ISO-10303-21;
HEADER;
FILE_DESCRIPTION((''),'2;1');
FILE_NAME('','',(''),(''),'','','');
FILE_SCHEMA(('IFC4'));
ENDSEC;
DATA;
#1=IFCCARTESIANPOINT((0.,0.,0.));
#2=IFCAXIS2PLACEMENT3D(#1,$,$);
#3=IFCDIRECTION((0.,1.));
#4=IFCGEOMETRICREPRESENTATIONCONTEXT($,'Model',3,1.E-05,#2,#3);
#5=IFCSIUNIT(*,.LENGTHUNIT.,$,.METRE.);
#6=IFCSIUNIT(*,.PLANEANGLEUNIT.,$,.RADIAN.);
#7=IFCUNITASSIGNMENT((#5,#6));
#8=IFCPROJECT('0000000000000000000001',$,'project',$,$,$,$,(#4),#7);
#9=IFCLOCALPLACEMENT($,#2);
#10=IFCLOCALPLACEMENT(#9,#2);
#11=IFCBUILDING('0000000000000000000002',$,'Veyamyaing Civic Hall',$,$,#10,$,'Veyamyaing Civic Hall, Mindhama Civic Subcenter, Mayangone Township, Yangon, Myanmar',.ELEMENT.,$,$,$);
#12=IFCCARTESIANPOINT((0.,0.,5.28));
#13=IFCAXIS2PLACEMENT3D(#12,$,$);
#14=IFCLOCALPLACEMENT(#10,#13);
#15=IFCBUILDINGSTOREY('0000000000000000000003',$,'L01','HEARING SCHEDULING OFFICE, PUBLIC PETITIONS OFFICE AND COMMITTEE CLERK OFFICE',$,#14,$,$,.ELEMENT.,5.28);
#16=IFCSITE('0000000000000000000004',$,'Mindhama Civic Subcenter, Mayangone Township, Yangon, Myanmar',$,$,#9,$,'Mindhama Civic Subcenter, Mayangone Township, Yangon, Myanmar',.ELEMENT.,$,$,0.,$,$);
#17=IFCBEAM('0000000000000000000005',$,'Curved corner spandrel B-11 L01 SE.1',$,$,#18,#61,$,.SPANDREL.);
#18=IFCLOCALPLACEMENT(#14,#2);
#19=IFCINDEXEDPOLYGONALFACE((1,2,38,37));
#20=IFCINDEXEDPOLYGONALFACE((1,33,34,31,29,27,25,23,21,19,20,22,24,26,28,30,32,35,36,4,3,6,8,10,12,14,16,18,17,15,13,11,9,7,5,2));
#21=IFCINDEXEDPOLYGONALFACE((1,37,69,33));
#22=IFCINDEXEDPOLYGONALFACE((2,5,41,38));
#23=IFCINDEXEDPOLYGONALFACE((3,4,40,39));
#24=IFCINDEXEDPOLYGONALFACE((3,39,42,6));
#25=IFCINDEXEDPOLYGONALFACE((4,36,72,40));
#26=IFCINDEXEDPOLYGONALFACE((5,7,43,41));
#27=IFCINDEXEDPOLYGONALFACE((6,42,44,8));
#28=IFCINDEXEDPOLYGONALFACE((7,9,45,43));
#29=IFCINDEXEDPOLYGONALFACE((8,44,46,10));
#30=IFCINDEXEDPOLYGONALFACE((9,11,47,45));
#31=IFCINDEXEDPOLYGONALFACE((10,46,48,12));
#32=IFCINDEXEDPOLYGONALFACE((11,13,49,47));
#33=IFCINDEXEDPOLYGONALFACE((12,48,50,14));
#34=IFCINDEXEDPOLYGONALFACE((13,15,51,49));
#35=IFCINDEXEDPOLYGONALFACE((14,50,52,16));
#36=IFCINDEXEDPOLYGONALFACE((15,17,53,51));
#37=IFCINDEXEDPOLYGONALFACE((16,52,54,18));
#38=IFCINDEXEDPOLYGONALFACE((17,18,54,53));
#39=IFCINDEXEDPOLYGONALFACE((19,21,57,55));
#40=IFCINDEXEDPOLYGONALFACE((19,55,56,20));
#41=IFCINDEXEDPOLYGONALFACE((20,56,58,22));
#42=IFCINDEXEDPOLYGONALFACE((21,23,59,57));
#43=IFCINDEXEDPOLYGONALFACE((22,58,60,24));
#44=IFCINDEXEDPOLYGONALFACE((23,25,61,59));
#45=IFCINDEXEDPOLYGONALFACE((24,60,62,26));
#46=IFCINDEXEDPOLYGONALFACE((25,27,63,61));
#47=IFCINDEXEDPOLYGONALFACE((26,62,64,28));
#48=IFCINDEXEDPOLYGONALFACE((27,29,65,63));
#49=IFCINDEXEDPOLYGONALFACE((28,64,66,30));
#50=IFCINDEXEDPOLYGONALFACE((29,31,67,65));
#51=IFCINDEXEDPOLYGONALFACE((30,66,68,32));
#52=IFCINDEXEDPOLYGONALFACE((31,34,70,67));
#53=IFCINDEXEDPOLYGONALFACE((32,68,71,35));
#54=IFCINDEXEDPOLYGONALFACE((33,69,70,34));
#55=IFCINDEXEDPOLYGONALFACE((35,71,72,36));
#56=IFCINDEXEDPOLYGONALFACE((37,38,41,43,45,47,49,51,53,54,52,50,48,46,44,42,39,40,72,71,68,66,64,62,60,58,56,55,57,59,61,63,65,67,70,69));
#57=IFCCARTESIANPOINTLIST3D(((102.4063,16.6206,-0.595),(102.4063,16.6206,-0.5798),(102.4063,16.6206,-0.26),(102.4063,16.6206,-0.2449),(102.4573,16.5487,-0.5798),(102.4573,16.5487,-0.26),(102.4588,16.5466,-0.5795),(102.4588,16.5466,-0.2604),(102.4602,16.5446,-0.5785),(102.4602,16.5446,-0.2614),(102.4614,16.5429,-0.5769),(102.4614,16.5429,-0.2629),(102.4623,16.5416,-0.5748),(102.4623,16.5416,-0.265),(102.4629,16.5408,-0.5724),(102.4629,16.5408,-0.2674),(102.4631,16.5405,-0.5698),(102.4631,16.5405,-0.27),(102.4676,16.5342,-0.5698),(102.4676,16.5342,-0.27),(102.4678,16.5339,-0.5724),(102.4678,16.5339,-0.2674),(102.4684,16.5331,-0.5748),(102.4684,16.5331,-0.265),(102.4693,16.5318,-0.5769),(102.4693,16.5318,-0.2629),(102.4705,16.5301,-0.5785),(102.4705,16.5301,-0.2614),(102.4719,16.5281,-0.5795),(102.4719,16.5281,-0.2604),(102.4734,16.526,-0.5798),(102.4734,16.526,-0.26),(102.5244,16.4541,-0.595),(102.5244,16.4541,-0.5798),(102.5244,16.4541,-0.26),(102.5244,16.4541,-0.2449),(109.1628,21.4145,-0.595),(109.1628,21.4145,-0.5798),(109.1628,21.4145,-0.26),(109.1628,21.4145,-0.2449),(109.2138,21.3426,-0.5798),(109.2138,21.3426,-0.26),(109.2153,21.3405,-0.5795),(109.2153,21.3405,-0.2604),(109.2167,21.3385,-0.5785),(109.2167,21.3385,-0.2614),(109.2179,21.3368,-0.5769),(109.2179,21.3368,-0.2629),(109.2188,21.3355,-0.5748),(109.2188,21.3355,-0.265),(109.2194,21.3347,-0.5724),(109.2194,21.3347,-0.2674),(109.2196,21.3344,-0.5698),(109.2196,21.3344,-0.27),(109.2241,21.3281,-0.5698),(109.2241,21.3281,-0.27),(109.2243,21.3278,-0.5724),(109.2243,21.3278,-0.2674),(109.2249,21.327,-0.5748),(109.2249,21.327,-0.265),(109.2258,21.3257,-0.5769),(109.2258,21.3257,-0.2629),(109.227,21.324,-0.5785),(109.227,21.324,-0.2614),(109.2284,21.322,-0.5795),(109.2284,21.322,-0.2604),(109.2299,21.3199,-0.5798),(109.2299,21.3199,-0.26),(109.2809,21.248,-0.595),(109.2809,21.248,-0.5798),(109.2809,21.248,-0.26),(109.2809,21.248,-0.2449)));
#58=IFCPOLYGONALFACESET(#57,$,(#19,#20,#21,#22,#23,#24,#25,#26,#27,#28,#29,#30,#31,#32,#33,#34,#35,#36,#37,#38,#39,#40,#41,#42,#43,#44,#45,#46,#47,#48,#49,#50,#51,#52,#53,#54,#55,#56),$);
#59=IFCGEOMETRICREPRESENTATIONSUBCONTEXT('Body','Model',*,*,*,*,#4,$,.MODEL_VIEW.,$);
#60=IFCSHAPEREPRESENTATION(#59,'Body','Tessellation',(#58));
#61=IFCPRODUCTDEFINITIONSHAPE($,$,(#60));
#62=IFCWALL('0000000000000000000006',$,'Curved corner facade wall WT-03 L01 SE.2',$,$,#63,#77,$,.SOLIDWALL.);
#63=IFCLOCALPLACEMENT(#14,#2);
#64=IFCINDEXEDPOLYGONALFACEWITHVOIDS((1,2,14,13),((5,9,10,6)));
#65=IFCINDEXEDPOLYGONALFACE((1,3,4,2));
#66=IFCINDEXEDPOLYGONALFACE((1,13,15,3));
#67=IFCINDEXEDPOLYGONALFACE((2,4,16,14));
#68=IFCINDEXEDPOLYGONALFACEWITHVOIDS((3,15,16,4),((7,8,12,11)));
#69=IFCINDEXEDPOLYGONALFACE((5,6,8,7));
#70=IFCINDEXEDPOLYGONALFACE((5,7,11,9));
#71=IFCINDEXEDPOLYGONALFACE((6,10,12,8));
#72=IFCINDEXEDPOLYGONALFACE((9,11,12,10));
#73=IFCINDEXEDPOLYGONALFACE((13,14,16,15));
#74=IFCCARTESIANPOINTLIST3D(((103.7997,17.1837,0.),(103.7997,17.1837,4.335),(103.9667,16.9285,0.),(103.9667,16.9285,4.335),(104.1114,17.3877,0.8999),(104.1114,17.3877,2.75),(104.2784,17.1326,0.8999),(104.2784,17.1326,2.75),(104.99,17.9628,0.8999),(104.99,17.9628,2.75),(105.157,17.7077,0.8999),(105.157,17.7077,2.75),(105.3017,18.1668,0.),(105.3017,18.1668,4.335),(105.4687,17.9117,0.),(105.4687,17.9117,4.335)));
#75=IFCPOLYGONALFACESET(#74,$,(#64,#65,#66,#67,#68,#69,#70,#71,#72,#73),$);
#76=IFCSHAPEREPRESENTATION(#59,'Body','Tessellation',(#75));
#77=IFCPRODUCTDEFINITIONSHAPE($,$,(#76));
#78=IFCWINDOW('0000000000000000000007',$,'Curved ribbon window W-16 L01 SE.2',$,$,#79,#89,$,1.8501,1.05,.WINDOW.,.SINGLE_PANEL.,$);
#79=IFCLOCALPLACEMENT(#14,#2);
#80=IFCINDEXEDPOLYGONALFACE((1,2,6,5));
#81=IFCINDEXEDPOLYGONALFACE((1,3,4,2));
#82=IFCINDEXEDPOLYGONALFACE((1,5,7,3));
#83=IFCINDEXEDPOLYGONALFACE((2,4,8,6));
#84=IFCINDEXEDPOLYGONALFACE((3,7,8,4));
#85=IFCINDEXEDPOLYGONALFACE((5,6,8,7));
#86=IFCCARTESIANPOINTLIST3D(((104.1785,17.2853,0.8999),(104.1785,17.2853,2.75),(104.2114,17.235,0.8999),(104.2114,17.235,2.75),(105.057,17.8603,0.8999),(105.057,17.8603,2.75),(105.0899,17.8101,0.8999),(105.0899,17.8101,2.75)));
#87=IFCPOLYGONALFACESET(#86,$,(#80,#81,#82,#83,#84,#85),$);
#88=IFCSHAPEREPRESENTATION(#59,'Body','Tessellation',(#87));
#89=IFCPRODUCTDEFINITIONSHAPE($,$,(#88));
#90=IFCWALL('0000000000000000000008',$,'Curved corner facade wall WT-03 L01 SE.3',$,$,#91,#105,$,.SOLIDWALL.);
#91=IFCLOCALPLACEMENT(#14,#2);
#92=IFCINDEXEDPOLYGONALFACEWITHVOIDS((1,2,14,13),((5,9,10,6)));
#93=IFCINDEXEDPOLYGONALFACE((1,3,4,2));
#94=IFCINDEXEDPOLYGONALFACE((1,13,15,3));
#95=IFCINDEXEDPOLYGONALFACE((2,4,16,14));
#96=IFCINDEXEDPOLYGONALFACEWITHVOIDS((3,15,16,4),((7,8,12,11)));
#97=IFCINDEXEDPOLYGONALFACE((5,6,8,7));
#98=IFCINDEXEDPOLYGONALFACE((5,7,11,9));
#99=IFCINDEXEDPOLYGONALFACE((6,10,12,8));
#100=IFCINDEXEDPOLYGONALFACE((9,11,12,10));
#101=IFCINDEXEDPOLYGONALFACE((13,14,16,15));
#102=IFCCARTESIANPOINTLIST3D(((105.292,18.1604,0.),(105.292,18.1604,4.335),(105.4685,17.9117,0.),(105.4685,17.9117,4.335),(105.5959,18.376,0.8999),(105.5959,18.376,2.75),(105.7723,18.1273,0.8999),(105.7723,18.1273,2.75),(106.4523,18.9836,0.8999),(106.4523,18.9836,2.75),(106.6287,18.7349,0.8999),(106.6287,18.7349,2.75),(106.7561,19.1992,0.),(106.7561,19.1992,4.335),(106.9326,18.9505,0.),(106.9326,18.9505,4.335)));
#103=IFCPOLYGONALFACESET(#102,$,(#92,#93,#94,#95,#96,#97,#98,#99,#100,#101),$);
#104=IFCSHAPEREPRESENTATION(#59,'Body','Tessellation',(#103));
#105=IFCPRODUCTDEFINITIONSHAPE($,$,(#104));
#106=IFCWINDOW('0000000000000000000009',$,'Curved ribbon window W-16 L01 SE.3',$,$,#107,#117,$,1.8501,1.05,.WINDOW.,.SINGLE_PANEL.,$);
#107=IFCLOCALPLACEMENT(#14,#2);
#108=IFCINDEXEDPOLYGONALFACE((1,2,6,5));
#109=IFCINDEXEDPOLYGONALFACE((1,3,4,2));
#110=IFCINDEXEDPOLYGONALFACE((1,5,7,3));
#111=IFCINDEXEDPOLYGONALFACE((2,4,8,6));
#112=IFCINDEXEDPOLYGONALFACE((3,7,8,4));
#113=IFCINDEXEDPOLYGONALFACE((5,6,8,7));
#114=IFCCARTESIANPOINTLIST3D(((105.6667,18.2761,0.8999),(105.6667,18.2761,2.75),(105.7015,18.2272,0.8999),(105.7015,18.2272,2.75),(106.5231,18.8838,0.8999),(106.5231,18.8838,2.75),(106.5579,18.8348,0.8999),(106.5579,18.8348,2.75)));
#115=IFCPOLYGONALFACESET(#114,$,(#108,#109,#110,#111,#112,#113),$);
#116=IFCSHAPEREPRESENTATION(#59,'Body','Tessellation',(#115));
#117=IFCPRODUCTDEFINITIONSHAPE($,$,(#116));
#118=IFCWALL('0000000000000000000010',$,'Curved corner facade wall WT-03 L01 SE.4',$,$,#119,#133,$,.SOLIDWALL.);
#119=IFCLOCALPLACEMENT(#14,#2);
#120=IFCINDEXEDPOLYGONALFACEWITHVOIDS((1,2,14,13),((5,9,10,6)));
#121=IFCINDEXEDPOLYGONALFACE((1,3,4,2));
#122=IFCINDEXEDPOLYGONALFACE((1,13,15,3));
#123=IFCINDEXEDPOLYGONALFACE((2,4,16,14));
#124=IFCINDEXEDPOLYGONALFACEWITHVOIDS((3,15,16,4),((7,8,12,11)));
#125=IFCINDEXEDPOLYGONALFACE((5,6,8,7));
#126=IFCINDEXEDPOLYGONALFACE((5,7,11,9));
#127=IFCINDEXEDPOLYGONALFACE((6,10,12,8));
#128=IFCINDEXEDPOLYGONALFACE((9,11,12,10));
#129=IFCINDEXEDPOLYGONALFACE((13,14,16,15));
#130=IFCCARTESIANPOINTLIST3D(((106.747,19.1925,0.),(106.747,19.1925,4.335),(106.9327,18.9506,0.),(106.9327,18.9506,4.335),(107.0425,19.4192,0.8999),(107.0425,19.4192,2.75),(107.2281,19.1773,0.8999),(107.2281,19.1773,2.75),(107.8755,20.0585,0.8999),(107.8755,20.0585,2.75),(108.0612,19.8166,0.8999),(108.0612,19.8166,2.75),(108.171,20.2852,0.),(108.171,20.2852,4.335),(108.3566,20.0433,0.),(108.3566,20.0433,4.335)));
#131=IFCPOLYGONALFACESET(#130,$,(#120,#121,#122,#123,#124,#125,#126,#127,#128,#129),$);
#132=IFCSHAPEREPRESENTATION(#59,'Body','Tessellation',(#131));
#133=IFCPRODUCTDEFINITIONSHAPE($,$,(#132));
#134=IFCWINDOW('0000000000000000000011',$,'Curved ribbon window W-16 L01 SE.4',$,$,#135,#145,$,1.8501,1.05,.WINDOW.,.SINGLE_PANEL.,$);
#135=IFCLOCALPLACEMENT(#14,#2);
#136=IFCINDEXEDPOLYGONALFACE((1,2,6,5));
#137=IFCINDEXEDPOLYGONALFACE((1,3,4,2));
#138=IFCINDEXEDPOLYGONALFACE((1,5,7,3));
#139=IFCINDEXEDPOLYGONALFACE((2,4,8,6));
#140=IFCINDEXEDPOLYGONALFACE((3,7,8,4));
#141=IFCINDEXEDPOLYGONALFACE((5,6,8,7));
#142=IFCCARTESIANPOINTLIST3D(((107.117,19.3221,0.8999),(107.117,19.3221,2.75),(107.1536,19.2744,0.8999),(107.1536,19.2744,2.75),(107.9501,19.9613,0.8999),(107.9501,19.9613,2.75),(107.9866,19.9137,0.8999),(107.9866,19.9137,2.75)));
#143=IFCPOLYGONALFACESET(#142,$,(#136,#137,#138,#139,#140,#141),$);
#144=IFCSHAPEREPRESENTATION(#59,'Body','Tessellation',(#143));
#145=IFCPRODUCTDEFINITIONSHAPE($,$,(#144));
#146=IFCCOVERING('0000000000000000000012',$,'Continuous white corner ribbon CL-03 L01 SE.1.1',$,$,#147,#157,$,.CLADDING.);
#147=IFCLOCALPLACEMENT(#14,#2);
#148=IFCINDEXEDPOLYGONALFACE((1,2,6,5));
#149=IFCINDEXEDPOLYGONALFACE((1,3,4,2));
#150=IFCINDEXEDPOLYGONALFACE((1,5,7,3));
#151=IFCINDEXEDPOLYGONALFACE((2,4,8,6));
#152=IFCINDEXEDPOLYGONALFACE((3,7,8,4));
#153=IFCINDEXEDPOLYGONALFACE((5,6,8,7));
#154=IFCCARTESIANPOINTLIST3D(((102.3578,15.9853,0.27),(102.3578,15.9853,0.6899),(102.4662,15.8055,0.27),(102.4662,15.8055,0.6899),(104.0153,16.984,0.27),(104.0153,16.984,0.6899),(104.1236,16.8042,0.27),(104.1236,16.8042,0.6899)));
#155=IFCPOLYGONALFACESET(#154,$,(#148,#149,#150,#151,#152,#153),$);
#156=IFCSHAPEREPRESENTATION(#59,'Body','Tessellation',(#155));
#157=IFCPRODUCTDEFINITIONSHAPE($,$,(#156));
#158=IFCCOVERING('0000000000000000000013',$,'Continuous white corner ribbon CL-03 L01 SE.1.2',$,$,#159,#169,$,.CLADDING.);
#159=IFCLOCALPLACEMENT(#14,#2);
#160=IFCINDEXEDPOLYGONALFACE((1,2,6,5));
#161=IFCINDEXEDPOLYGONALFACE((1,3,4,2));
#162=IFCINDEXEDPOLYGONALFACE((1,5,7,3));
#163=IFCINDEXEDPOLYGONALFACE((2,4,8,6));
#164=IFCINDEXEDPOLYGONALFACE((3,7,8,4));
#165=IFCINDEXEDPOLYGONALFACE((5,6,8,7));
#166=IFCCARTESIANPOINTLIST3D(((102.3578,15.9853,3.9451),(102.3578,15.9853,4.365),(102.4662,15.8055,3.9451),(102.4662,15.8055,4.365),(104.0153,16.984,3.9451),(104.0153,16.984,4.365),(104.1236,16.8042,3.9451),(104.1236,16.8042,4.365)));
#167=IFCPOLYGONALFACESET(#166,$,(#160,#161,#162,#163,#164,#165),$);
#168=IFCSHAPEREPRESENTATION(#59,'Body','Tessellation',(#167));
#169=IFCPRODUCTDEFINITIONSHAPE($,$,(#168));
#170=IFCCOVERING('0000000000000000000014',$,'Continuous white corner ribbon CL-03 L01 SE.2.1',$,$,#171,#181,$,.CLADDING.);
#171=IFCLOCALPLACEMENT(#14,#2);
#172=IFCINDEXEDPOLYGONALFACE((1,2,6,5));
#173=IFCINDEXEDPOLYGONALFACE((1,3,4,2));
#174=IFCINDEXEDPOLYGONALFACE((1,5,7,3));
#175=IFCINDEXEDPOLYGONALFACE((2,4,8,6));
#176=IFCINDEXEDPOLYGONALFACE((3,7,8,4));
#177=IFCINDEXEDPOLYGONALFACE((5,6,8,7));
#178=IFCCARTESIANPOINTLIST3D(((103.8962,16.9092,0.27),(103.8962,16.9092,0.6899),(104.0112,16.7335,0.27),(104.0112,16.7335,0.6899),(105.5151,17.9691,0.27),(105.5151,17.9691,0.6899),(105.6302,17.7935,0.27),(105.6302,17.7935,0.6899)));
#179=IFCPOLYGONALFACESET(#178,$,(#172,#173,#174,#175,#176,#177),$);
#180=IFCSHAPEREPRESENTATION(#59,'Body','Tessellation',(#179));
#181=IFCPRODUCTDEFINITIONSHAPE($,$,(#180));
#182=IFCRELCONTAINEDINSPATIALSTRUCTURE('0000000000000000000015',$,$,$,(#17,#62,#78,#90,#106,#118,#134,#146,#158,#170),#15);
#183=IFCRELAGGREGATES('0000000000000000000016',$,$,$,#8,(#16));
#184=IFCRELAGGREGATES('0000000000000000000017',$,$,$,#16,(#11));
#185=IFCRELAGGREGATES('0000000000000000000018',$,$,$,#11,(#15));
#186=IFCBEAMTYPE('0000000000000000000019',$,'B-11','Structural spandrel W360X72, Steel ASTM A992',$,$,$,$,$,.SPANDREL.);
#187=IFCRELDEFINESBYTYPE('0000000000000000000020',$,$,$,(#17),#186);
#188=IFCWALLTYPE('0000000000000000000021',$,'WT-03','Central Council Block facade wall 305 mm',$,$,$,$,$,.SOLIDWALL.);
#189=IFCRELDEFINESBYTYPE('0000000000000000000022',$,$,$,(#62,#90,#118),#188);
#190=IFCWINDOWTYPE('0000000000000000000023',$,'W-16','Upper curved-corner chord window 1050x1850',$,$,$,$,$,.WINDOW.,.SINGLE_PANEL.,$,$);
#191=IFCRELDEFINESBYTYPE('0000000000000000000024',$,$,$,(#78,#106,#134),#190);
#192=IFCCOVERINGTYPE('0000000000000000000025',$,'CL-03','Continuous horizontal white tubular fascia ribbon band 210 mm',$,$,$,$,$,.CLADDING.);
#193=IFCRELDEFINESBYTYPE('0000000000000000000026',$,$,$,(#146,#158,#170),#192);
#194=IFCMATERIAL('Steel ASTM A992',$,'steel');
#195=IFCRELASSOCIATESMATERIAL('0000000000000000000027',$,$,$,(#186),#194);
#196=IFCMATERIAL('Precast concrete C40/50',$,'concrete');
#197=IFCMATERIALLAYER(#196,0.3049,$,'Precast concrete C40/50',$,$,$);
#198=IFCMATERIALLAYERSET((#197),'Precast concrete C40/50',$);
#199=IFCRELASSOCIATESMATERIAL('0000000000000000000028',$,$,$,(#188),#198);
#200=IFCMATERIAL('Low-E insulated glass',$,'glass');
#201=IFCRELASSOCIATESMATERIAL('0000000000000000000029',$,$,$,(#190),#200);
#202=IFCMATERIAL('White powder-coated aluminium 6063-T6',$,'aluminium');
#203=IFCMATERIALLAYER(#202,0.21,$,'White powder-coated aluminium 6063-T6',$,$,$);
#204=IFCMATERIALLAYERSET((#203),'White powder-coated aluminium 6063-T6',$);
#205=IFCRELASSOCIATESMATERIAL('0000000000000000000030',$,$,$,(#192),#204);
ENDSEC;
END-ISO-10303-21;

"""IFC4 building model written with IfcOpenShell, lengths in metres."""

from ifc_helpers import new_model, si_unit, direction, frame, frame_2d, origin, origin_2d, place, context, subcontext, project, spatial, rectangle, i_section, extrude, material, layer, layer_set, material_profile, profile_set, type_object, element, fill, save


model = new_model("IFC4")

# Units and contexts
model_context = context("Model", 3, precision=1e-05, world=origin(), true_north=direction((0.0, 1.0)))
body_context = subcontext(model_context, "Body", "Model", "MODEL_VIEW")
ifc_project = project(units=[si_unit("LENGTHUNIT", "METRE"), si_unit("PLANEANGLEUNIT", "RADIAN")], contexts=[model_context])

# Site, building, storey
site_placement = place(None, origin())
site = spatial("IfcSite", under=ifc_project, at=site_placement, Name="Mindhama Civic Subcenter, Mayangone Township, Yangon, Myanmar", LongName="Mindhama Civic Subcenter, Mayangone Township, Yangon, Myanmar", CompositionType="ELEMENT", RefElevation=0.0)
building_placement = place(site_placement, origin())
building = spatial("IfcBuilding", under=site, at=building_placement, Name="Veyamyaing Civic Hall", LongName="Veyamyaing Civic Hall, Mindhama Civic Subcenter, Mayangone Township, Yangon, Myanmar", CompositionType="ELEMENT")
storey_placement = place(building_placement, frame((0.0, 0.0, 5.28)))
storey = spatial("IfcBuildingStorey", under=building, at=storey_placement, Name="L01", Description="HEARING SCHEDULING OFFICE, PUBLIC PETITIONS OFFICE AND COMMITTEE CLERK OFFICE", CompositionType="ELEMENT", Elevation=5.28)

# Beam
ifc_material_1 = material(Name="Steel ASTM A992", Category="steel")
ifc_material_profile_1 = material_profile(ifc_material_1, i_section(OverallWidth=0.2041, OverallDepth=0.3501, WebThickness=0.0078, FlangeThickness=0.0151, FilletRadius=0.01, at=origin_2d()), Name="W360X72")
ifc_profile_set_1 = profile_set([ifc_material_profile_1], Name="Steel ASTM A992")
beam_type = type_object("IfcBeamType", Name="B-11", Description="Structural spandrel W360X72, Steel ASTM A992", PredefinedType="SPANDREL", material=ifc_profile_set_1)
beam_placement = place(storey_placement, frame((102.4653, 16.5374, -0.4199), z_axis=(0.815567, 0.578662, 0.0), x_axis=(-0.578662, 0.815567, 0.0)))
element("IfcBeam", 1, at=beam_placement, inside=storey, type_object=beam_type, Name="Curved corner spandrel B-11 L01 SE.1", PredefinedType="SPANDREL", context=body_context, shape_type="SweptSolid", body=[
    extrude(i_section(OverallWidth=0.2041, OverallDepth=0.3501, WebThickness=0.0078, FlangeThickness=0.0151, FilletRadius=0.01, at=origin_2d()), origin(), (0.0, 0.0, 1.0), 8.2844),
])

# Walls, openings, windows
ifc_material_2 = material(Name="Precast concrete C40/50", Category="concrete")
ifc_layer_1 = layer(ifc_material_2, 0.3049, Name="Precast concrete C40/50")
ifc_layer_set_1 = layer_set([ifc_layer_1], Name="Precast concrete C40/50")
wall_type = type_object("IfcWallType", Name="WT-03", Description="Central Council Block facade wall 305 mm", PredefinedType="SOLIDWALL", material=ifc_layer_set_1)
wall_1_placement = place(storey_placement, frame((103.8833, 17.0562, 0.0), z_axis=(0.0, 0.0, 1.0), x_axis=(0.836687, 0.547682, 0.0)))
wall_1 = element("IfcWall", 2, at=wall_1_placement, inside=storey, type_object=wall_type, Name="Curved corner facade wall WT-03 L01 SE.2", PredefinedType="SOLIDWALL", context=body_context, shape_type="SweptSolid", body=[
    extrude(rectangle(XDim=1.7952, YDim=0.3049, at=frame_2d((0.8975, 0.0))), origin(), (0.0, 0.0, 1.0), 4.335),
])
opening_1_placement = place(wall_1_placement, frame((0.3726, 0.0, 0.8999)))
opening_1 = element("IfcOpeningElement", 3, at=opening_1_placement, cuts=wall_1, PredefinedType="OPENING", context=body_context, shape_type="SweptSolid", body=[
    extrude(rectangle(XDim=1.05, YDim=1.8501, at=frame_2d((0.5249, 0.925))), frame((0.0, 0.1624, 0.0), z_axis=(0.0, -1.0, 0.0), x_axis=(1.0, 0.0, 0.0)), (0.0, 0.0, 1.0), 0.325),
])
ifc_material_3 = material(Name="Low-E insulated glass", Category="glass")
window_type = type_object("IfcWindowType", Name="W-16", Description="Upper curved-corner chord window 1050x1850", PartitioningType="SINGLE_PANEL", PredefinedType="WINDOW", material=ifc_material_3)
window_1_placement = place(opening_1_placement, origin())
window_1 = element("IfcWindow", 4, at=window_1_placement, inside=storey, type_object=window_type, Name="Curved ribbon window W-16 L01 SE.2", OverallHeight=1.8501, OverallWidth=1.05, PartitioningType="SINGLE_PANEL", PredefinedType="WINDOW", context=body_context, shape_type="SweptSolid", body=[
    extrude(rectangle(XDim=1.05, YDim=1.8501, at=frame_2d((0.5249, 0.925))), frame((0.0, 0.03, 0.0), z_axis=(0.0, -1.0, 0.0), x_axis=(1.0, 0.0, 0.0)), (0.0, 0.0, 1.0), 0.0601),
])
fill(opening_1, window_1)
wall_2_placement = place(storey_placement, frame((105.3804, 18.0361, 0.0), z_axis=(0.0, 0.0, 1.0), x_axis=(0.815567, 0.578662, 0.0)))
wall_2 = element("IfcWall", 5, at=wall_2_placement, inside=storey, type_object=wall_type, Name="Curved corner facade wall WT-03 L01 SE.3", PredefinedType="SOLIDWALL", context=body_context, shape_type="SweptSolid", body=[
    extrude(rectangle(XDim=1.7952, YDim=0.3049, at=frame_2d((0.8975, 0.0))), origin(), (0.0, 0.0, 1.0), 4.335),
])
opening_2_placement = place(wall_2_placement, frame((0.3726, 0.0, 0.8999)))
opening_2 = element("IfcOpeningElement", 6, at=opening_2_placement, cuts=wall_2, PredefinedType="OPENING", context=body_context, shape_type="SweptSolid", body=[
    extrude(rectangle(XDim=1.05, YDim=1.8501, at=frame_2d((0.5249, 0.925))), frame((0.0, 0.1624, 0.0), z_axis=(0.0, -1.0, 0.0), x_axis=(1.0, 0.0, 0.0)), (0.0, 0.0, 1.0), 0.325),
])
window_2_placement = place(opening_2_placement, origin())
window_2 = element("IfcWindow", 7, at=window_2_placement, inside=storey, type_object=window_type, Name="Curved ribbon window W-16 L01 SE.3", OverallHeight=1.8501, OverallWidth=1.05, PartitioningType="SINGLE_PANEL", PredefinedType="WINDOW", context=body_context, shape_type="SweptSolid", body=[
    extrude(rectangle(XDim=1.05, YDim=1.8501, at=frame_2d((0.5249, 0.925))), frame((0.0, 0.03, 0.0), z_axis=(0.0, -1.0, 0.0), x_axis=(1.0, 0.0, 0.0)), (0.0, 0.0, 1.0), 0.0601),
])
fill(opening_2, window_2)
wall_3_placement = place(storey_placement, frame((106.8398, 19.0715, 0.0), z_axis=(0.0, 0.0, 1.0), x_axis=(0.793341, 0.608777, 0.0)))
wall_3 = element("IfcWall", 8, at=wall_3_placement, inside=storey, type_object=wall_type, Name="Curved corner facade wall WT-03 L01 SE.4", PredefinedType="SOLIDWALL", context=body_context, shape_type="SweptSolid", body=[
    extrude(rectangle(XDim=1.7949, YDim=0.3049, at=frame_2d((0.8975, 0.0))), origin(), (0.0, 0.0, 1.0), 4.335),
])
opening_3_placement = place(wall_3_placement, frame((0.3726, 0.0, 0.8999)))
opening_3 = element("IfcOpeningElement", 9, at=opening_3_placement, cuts=wall_3, PredefinedType="OPENING", context=body_context, shape_type="SweptSolid", body=[
    extrude(rectangle(XDim=1.05, YDim=1.8501, at=frame_2d((0.5249, 0.925))), frame((0.0, 0.1624, 0.0), z_axis=(0.0, -1.0, 0.0), x_axis=(1.0, 0.0, 0.0)), (0.0, 0.0, 1.0), 0.325),
])
window_3_placement = place(opening_3_placement, origin())
window_3 = element("IfcWindow", 10, at=window_3_placement, inside=storey, type_object=window_type, Name="Curved ribbon window W-16 L01 SE.4", OverallHeight=1.8501, OverallWidth=1.05, PartitioningType="SINGLE_PANEL", PredefinedType="WINDOW", context=body_context, shape_type="SweptSolid", body=[
    extrude(rectangle(XDim=1.05, YDim=1.8501, at=frame_2d((0.5249, 0.925))), frame((0.0, 0.03, 0.0), z_axis=(0.0, -1.0, 0.0), x_axis=(1.0, 0.0, 0.0)), (0.0, 0.0, 1.0), 0.0601),
])
fill(opening_3, window_3)

# Coverings
ifc_material_4 = material(Name="White powder-coated aluminium 6063-T6", Category="aluminium")
ifc_layer_2 = layer(ifc_material_4, 0.21, Name="White powder-coated aluminium 6063-T6")
ifc_layer_set_2 = layer_set([ifc_layer_2], Name="White powder-coated aluminium 6063-T6")
covering_type = type_object("IfcCoveringType", Name="CL-03", Description="Continuous horizontal white tubular fascia ribbon band 210 mm", PredefinedType="CLADDING", material=ifc_layer_set_2)
for number, where, z_axis, x_axis, name in (
    (11, (103.2407, 16.3948, 0.27), (0.0, 0.0, 1.0), (0.856524, 0.516107, 0.0), "Continuous white corner ribbon CL-03 L01 SE.1.1"),
    (12, (103.2407, 16.3948, 3.9451), (0.0, 0.0, 1.0), (0.856524, 0.516107, 0.0), "Continuous white corner ribbon CL-03 L01 SE.1.2"),
    (13, (104.7632, 17.3513, 0.27), (0.0, 0.0, 1.0), (0.836628, 0.547772, 0.0), "Continuous white corner ribbon CL-03 L01 SE.2.1"),
):
    element("IfcCovering", number, at=place(storey_placement, frame(where, z_axis=z_axis, x_axis=x_axis)), inside=storey, type_object=covering_type, Name=name, PredefinedType="CLADDING", context=body_context, shape_type="SweptSolid", body=[
        extrude(rectangle(XDim=1.9351, YDim=0.21, at=origin_2d()), origin(), (0.0, 0.0, 1.0), 0.4199),
    ])

save(model, "model.ifc")
